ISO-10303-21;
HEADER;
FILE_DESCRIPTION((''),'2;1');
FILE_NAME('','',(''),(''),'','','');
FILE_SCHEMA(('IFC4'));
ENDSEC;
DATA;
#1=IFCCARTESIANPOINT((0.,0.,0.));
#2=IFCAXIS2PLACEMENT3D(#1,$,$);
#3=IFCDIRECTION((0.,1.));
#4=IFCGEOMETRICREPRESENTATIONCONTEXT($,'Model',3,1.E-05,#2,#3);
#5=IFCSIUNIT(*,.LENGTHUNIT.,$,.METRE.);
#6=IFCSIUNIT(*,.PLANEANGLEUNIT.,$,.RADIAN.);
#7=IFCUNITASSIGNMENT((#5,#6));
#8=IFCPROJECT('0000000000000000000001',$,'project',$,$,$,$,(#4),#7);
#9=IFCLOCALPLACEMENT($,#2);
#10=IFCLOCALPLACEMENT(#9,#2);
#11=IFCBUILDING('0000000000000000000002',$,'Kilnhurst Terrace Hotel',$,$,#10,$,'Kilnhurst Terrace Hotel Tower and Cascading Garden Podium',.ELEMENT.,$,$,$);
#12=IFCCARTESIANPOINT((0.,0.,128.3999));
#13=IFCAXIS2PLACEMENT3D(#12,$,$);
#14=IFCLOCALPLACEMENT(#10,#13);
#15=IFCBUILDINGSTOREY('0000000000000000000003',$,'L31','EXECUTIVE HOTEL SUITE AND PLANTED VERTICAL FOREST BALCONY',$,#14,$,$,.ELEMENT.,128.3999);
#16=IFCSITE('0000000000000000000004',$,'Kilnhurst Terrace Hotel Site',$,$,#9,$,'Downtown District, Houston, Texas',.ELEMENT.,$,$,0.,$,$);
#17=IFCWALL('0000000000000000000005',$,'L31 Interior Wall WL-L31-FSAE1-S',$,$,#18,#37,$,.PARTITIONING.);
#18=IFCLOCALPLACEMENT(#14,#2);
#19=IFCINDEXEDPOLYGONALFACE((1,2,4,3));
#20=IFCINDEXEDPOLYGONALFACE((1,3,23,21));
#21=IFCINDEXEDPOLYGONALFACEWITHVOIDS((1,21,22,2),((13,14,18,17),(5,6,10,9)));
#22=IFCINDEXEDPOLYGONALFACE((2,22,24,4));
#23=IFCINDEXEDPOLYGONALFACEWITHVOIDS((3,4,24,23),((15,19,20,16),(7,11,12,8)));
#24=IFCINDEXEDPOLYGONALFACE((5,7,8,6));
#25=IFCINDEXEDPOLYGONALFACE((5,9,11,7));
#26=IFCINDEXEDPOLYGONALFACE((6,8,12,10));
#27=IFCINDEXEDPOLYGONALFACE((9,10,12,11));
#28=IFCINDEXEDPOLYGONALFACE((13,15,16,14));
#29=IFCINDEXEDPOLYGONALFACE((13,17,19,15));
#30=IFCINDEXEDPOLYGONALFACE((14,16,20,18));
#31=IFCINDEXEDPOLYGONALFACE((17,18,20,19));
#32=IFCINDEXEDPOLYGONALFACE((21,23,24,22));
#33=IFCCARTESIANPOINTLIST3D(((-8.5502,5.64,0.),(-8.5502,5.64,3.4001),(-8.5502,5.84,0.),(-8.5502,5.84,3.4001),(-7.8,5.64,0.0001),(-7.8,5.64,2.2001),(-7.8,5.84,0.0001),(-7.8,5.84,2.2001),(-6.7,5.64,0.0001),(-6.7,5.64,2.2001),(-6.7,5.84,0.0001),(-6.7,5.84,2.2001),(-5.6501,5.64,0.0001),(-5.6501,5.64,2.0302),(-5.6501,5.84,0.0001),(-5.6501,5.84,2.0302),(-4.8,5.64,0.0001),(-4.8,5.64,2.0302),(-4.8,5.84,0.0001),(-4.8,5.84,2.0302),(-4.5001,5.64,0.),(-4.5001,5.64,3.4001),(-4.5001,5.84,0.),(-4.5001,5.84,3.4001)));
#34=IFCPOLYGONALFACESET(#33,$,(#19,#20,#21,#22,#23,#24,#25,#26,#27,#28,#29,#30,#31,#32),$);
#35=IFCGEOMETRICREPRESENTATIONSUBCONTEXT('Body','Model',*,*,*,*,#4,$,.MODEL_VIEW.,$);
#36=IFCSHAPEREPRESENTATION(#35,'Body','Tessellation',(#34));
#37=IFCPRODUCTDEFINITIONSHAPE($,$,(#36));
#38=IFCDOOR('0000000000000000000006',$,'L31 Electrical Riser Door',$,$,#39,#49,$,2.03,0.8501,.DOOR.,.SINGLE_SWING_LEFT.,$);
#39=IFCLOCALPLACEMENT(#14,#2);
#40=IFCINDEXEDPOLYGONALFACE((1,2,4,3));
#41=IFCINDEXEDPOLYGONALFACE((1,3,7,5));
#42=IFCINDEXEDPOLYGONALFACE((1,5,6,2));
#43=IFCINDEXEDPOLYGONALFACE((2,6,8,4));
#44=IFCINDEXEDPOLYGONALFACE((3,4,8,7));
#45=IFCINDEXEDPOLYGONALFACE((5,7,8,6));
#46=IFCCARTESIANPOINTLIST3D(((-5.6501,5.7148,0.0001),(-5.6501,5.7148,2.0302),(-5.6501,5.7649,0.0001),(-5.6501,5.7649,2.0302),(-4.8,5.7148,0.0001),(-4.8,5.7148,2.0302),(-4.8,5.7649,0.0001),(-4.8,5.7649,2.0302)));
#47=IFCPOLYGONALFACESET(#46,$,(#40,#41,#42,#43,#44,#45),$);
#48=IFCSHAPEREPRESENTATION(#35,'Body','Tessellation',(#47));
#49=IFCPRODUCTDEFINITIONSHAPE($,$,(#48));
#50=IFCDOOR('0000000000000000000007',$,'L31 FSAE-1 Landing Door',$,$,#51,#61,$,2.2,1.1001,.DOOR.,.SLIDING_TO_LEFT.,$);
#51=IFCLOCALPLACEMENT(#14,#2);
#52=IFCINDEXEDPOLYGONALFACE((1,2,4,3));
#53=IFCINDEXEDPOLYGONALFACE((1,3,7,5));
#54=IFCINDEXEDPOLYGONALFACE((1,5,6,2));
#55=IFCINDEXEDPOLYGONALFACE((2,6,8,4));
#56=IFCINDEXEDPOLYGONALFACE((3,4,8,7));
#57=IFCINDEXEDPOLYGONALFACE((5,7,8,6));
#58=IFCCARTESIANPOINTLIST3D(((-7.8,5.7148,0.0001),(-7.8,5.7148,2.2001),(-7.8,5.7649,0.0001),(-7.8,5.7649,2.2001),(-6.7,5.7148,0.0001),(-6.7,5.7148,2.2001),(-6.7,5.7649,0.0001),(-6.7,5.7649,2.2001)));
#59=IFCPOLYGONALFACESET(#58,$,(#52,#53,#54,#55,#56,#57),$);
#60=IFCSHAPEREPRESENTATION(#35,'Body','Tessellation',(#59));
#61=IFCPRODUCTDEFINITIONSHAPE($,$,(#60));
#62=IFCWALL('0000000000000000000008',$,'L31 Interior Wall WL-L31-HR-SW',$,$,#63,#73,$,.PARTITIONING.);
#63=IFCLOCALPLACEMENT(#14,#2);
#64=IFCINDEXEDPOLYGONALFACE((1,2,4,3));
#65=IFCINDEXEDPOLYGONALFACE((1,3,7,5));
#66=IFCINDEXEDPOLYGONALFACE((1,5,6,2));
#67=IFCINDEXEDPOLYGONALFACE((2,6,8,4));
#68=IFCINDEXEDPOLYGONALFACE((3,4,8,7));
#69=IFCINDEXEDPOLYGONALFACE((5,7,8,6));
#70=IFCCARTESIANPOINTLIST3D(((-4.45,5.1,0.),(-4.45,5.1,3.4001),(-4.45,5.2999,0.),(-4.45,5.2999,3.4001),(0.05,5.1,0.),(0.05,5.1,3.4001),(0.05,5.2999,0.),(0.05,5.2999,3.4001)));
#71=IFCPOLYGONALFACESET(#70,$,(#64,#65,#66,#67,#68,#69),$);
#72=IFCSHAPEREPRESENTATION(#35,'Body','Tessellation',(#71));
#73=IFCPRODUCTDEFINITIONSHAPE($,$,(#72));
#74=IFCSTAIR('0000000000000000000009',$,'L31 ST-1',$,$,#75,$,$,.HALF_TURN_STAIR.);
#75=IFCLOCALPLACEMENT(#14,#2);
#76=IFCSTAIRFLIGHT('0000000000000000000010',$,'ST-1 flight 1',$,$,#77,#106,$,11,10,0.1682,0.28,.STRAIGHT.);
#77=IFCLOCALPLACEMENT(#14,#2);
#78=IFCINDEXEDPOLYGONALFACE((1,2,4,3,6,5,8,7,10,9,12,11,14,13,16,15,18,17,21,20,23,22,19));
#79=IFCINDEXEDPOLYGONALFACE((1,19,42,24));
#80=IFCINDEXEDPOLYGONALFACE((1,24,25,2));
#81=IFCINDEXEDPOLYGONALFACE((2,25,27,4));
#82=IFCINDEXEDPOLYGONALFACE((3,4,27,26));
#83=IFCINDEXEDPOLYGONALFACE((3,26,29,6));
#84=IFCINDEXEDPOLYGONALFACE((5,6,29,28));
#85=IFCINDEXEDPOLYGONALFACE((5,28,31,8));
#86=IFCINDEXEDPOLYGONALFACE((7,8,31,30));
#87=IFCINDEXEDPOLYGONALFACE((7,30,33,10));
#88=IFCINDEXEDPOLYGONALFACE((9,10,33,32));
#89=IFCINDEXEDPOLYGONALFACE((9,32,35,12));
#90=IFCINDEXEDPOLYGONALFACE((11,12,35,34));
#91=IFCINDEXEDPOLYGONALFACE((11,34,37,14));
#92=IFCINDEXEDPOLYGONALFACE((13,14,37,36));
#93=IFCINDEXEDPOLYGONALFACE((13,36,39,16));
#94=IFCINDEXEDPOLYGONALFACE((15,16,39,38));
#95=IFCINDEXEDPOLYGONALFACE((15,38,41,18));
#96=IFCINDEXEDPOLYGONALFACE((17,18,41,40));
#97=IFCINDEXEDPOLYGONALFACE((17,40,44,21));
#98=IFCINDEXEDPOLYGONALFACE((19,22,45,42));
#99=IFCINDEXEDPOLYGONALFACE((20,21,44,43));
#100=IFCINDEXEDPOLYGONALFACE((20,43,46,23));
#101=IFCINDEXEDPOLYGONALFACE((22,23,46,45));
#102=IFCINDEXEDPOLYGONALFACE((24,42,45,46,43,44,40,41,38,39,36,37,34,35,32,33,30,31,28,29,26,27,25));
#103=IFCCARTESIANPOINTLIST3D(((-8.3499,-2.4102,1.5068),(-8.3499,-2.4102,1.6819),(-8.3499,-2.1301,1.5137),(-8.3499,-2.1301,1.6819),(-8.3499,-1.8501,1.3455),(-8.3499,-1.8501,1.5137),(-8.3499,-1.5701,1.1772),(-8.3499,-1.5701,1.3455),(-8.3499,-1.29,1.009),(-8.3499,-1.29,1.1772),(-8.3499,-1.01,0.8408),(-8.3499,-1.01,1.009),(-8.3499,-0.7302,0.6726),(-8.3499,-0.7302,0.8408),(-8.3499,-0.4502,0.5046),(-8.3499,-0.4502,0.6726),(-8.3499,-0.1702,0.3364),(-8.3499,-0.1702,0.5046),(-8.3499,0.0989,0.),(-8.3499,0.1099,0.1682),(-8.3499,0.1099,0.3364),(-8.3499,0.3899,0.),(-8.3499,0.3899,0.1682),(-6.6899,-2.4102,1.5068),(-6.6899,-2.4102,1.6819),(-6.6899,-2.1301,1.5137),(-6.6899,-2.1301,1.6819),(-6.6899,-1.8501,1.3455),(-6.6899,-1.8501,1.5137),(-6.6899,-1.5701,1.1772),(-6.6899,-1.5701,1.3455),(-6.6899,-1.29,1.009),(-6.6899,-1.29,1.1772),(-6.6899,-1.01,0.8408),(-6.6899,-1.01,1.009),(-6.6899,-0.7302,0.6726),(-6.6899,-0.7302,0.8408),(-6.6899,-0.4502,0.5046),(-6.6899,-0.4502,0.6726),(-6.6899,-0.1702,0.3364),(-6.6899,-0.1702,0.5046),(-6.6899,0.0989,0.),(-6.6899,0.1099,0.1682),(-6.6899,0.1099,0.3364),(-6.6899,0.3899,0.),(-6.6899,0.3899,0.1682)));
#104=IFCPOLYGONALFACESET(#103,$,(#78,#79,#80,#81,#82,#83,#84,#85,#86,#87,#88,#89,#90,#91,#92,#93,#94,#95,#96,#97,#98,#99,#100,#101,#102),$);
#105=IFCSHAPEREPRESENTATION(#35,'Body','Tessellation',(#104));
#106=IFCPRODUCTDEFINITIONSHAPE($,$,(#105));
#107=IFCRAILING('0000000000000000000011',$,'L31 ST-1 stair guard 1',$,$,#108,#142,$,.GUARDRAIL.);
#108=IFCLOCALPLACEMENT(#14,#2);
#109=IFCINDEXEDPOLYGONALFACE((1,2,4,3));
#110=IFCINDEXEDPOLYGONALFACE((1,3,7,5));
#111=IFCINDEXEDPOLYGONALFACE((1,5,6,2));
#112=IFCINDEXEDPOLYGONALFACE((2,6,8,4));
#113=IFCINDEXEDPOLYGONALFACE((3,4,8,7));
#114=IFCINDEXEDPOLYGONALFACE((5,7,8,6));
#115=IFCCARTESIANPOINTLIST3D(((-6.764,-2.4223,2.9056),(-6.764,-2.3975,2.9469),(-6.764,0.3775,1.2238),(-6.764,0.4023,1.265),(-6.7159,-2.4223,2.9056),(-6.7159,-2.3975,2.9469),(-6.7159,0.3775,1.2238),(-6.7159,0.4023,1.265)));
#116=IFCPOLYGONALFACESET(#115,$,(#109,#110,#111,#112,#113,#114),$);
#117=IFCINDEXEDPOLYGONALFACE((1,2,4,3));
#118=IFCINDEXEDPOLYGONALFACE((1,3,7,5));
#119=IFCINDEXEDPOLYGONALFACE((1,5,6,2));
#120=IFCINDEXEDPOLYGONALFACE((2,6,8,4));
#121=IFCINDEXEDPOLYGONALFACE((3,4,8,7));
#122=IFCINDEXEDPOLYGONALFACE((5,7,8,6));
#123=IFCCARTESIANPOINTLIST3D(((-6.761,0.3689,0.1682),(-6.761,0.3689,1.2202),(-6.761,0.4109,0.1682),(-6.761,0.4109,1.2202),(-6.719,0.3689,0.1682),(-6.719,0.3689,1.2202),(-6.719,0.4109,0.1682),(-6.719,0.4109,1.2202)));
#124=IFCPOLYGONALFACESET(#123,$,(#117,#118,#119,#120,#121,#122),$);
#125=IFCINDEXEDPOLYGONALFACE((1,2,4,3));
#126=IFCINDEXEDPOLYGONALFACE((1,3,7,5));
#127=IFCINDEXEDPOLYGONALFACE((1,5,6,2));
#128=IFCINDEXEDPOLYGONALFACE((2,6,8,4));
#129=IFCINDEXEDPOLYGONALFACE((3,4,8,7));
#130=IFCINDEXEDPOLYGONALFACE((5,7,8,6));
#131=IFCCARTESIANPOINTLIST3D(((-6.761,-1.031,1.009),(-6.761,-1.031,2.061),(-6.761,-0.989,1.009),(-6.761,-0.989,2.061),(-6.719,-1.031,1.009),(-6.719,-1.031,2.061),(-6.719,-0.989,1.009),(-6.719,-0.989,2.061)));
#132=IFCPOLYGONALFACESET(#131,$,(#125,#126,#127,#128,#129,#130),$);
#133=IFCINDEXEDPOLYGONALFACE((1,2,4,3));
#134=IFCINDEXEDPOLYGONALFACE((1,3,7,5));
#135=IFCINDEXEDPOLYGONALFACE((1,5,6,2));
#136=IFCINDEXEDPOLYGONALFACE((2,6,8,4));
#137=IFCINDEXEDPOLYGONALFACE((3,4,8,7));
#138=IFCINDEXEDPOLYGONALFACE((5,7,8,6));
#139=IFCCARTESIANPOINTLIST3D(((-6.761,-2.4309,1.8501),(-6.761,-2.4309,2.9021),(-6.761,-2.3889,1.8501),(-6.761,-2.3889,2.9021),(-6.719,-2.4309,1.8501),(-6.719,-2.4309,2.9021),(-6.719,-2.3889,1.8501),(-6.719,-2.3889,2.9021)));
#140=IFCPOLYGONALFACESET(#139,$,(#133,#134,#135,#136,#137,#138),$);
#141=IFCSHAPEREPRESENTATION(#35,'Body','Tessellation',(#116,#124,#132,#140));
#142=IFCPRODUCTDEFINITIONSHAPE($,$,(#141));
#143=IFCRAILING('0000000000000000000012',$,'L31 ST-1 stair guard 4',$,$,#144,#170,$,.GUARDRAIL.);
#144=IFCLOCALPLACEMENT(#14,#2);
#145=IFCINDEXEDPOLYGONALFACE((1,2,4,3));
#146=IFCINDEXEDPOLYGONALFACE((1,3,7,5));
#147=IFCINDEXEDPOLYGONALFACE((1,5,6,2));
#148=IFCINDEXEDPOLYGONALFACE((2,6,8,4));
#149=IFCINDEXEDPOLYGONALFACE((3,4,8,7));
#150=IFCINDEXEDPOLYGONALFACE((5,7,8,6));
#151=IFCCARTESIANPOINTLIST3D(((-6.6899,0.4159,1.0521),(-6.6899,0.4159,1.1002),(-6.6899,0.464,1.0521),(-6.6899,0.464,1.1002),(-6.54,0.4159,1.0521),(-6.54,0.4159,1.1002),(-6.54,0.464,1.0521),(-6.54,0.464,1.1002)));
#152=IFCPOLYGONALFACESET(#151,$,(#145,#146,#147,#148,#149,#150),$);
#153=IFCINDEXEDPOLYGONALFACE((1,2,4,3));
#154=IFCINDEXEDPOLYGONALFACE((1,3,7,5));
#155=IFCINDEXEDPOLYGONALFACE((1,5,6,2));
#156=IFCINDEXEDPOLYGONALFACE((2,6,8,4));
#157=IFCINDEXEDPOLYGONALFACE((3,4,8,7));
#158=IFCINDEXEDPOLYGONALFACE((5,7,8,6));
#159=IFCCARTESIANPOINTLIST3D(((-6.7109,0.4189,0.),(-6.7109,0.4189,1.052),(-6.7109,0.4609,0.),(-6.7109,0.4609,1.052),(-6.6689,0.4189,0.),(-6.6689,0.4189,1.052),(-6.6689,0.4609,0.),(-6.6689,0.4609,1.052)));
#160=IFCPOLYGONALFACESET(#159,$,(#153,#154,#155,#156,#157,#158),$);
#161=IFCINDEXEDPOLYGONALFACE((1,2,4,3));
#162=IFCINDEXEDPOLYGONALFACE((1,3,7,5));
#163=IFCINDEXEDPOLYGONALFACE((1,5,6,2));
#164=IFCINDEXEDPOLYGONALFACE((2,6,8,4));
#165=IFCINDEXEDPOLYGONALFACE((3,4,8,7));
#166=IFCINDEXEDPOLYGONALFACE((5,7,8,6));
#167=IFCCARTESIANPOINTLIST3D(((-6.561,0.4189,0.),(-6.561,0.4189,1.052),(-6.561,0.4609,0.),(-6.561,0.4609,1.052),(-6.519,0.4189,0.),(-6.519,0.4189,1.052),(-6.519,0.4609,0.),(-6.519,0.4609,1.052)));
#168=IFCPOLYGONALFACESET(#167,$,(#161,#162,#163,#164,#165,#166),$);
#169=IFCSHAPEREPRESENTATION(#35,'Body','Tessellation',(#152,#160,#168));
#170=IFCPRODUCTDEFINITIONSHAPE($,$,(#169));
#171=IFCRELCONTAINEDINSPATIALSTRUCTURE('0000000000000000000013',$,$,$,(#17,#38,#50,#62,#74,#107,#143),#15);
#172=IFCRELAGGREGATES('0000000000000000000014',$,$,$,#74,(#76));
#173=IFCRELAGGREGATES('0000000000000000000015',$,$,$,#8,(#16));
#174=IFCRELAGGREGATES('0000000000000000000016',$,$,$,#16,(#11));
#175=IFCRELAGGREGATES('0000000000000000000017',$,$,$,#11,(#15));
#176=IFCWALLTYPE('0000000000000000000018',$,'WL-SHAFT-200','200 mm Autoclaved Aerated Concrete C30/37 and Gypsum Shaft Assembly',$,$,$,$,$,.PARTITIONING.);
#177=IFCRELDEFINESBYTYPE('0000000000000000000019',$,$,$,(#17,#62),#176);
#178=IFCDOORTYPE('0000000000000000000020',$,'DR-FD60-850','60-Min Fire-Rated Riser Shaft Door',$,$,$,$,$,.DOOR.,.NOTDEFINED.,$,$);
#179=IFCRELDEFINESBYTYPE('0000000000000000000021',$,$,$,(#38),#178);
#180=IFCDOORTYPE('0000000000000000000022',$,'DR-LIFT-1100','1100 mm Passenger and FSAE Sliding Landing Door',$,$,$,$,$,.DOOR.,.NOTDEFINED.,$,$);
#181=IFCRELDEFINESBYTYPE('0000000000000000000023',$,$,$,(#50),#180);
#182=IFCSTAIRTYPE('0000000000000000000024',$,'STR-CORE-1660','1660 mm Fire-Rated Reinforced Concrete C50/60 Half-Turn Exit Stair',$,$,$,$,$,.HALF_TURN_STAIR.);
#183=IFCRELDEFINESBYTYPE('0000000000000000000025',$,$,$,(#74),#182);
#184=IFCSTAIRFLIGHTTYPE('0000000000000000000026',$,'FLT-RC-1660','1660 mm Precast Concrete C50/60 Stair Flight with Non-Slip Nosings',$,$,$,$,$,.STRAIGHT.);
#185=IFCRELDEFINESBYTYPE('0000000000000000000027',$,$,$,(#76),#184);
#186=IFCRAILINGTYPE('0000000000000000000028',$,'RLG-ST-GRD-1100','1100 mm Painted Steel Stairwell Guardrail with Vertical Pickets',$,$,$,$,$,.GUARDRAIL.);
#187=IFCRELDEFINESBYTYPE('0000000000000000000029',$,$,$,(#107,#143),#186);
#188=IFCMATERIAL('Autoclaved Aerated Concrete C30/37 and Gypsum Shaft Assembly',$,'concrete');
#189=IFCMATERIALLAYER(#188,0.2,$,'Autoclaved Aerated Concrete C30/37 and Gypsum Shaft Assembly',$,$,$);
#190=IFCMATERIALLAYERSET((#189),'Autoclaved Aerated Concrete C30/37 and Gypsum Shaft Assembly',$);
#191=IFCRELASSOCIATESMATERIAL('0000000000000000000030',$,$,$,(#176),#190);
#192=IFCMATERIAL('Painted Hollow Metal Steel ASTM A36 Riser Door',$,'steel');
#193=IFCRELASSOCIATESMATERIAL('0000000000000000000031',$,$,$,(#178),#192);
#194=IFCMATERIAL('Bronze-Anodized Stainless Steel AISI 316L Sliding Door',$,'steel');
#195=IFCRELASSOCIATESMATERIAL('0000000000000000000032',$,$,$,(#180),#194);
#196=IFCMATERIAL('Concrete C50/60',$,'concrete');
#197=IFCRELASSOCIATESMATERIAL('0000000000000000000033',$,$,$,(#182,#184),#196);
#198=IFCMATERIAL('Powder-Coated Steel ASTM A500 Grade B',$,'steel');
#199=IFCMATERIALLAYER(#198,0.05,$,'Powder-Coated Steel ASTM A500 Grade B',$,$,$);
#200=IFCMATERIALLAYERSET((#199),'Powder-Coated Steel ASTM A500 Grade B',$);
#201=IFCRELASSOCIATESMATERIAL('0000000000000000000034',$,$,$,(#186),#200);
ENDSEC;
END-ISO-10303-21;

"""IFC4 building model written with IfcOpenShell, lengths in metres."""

from ifc_helpers import new_model, si_unit, direction, frame, frame_2d, origin, origin_2d, place, context, subcontext, project, spatial, polyline, rectangle, outline, extrude, material, layer, layer_set, type_object, element, fill, aggregate, save


model = new_model("IFC4")

# Units and contexts
model_context = context("Model", 3, precision=1e-05, world=origin(), true_north=direction((0.0, 1.0)))
body_context = subcontext(model_context, "Body", "Model", "MODEL_VIEW")
ifc_project = project(units=[si_unit("LENGTHUNIT", "METRE"), si_unit("PLANEANGLEUNIT", "RADIAN")], contexts=[model_context])

# Site, building, storey
site_placement = place(None, origin())
site = spatial("IfcSite", under=ifc_project, at=site_placement, Name="Kilnhurst Terrace Hotel Site", LongName="Downtown District, Houston, Texas", CompositionType="ELEMENT", RefElevation=0.0)
building_placement = place(site_placement, origin())
building = spatial("IfcBuilding", under=site, at=building_placement, Name="Kilnhurst Terrace Hotel", LongName="Kilnhurst Terrace Hotel Tower and Cascading Garden Podium", CompositionType="ELEMENT")
storey_placement = place(building_placement, frame((0.0, 0.0, 128.3999)))
storey = spatial("IfcBuildingStorey", under=building, at=storey_placement, Name="L31", Description="EXECUTIVE HOTEL SUITE AND PLANTED VERTICAL FOREST BALCONY", CompositionType="ELEMENT", Elevation=128.3999)

# Shared definitions
ifc_material_1 = material(Name="Concrete C50/60", Category="concrete")

# Wall, openings, doors
ifc_material_2 = material(Name="Autoclaved Aerated Concrete C30/37 and Gypsum Shaft Assembly", Category="concrete")
ifc_layer_1 = layer(ifc_material_2, 0.2, Name="Autoclaved Aerated Concrete C30/37 and Gypsum Shaft Assembly")
ifc_layer_set_1 = layer_set([ifc_layer_1], Name="Autoclaved Aerated Concrete C30/37 and Gypsum Shaft Assembly")
wall_type_1 = type_object("IfcWallType", Name="WL-SHAFT-200", Description="200 mm Autoclaved Aerated Concrete C30/37 and Gypsum Shaft Assembly", PredefinedType="PARTITIONING", material=ifc_layer_set_1)
wall_1_placement = place(storey_placement, frame((-8.55, 5.74, 0.0), z_axis=(0.0, 0.0, 1.0), x_axis=(1.0, 0.0, 0.0)))
wall_1 = element("IfcWall", 1, at=wall_1_placement, inside=storey, type_object=wall_type_1, Name="L31 Interior Wall WL-L31-FSAE1-S", PredefinedType="PARTITIONING", context=body_context, shape_type="SweptSolid", body=[
    extrude(rectangle(XDim=4.05, YDim=0.2, at=frame_2d((2.0249, 0.0))), origin(), (0.0, 0.0, 1.0), 3.4001),
])
opening_1_placement = place(wall_1_placement, frame((0.75, 0.0, 0.0)))
opening_1 = element("IfcOpeningElement", 2, at=opening_1_placement, cuts=wall_1, PredefinedType="OPENING", context=body_context, shape_type="SweptSolid", body=[
    extrude(rectangle(XDim=1.1001, YDim=2.2, at=frame_2d((0.55, 1.1001))), frame((0.0, 0.1099, 0.0), z_axis=(0.0, -1.0, 0.0), x_axis=(1.0, 0.0, 0.0)), (0.0, 0.0, 1.0), 0.22),
])
opening_2_placement = place(wall_1_placement, frame((2.8999, 0.0, 0.0)))
opening_2 = element("IfcOpeningElement", 3, at=opening_2_placement, cuts=wall_1, PredefinedType="OPENING", context=body_context, shape_type="SweptSolid", body=[
    extrude(rectangle(XDim=0.8501, YDim=2.03, at=frame_2d((0.425, 1.0151))), frame((0.0, 0.1099, 0.0), z_axis=(0.0, -1.0, 0.0), x_axis=(1.0, 0.0, 0.0)), (0.0, 0.0, 1.0), 0.22),
])
ifc_material_3 = material(Name="Painted Hollow Metal Steel ASTM A36 Riser Door", Category="steel")
door_type_1 = type_object("IfcDoorType", Name="DR-FD60-850", Description="60-Min Fire-Rated Riser Shaft Door", OperationType="NOTDEFINED", PredefinedType="DOOR", material=ifc_material_3)
door_1_placement = place(opening_2_placement, origin())
door_1 = element("IfcDoor", 4, at=door_1_placement, inside=storey, type_object=door_type_1, Name="L31 Electrical Riser Door", OperationType="SINGLE_SWING_LEFT", OverallHeight=2.03, OverallWidth=0.8501, PredefinedType="DOOR", context=body_context, shape_type="SweptSolid", body=[
    extrude(rectangle(XDim=0.8501, YDim=2.03, at=frame_2d((0.425, 1.0151))), frame((0.0, 0.0249, 0.0), z_axis=(0.0, -1.0, 0.0), x_axis=(1.0, 0.0, 0.0)), (0.0, 0.0, 1.0), 0.05),
])
fill(opening_2, door_1)
ifc_material_4 = material(Name="Bronze-Anodized Stainless Steel AISI 316L Sliding Door", Category="steel")
door_type_2 = type_object("IfcDoorType", Name="DR-LIFT-1100", Description="1100 mm Passenger and FSAE Sliding Landing Door", OperationType="NOTDEFINED", PredefinedType="DOOR", material=ifc_material_4)
door_2_placement = place(opening_1_placement, origin())
door_2 = element("IfcDoor", 5, at=door_2_placement, inside=storey, type_object=door_type_2, Name="L31 FSAE-1 Landing Door", OperationType="SLIDING_TO_LEFT", OverallHeight=2.2, OverallWidth=1.1001, PredefinedType="DOOR", context=body_context, shape_type="SweptSolid", body=[
    extrude(rectangle(XDim=1.1001, YDim=2.2, at=frame_2d((0.55, 1.1001))), frame((0.0, 0.0249, 0.0), z_axis=(0.0, -1.0, 0.0), x_axis=(1.0, 0.0, 0.0)), (0.0, 0.0, 1.0), 0.05),
])
fill(opening_1, door_2)

# Wall
wall_2_placement = place(storey_placement, frame((-4.45, 5.2, 0.0), z_axis=(0.0, 0.0, 1.0), x_axis=(1.0, 0.0, 0.0)))
element("IfcWall", 6, at=wall_2_placement, inside=storey, type_object=wall_type_1, Name="L31 Interior Wall WL-L31-HR-SW", PredefinedType="PARTITIONING", context=body_context, shape_type="SweptSolid", body=[
    extrude(rectangle(XDim=4.5, YDim=0.2, at=frame_2d((2.25, 0.0))), origin(), (0.0, 0.0, 1.0), 3.4001),
])

# Stair, stair flight
stair_type = type_object("IfcStairType", Name="STR-CORE-1660", Description="1660 mm Fire-Rated Reinforced Concrete C50/60 Half-Turn Exit Stair", PredefinedType="HALF_TURN_STAIR", material=ifc_material_1)
stair_placement = place(storey_placement, origin())
stair = element("IfcStair", 7, at=stair_placement, inside=storey, type_object=stair_type, Name="L31 ST-1", PredefinedType="HALF_TURN_STAIR")
stair_flight_type = type_object("IfcStairFlightType", Name="FLT-RC-1660", Description="1660 mm Precast Concrete C50/60 Stair Flight with Non-Slip Nosings", PredefinedType="STRAIGHT", material=ifc_material_1)
stair_flight_placement = place(storey_placement, frame((-7.52, 0.3899, 0.0), z_axis=(0.0, 0.0, 1.0), x_axis=(0.0, -1.0, 0.0)))
stair_flight = element("IfcStairFlight", 8, at=stair_flight_placement, type_object=stair_flight_type, Name="ST-1 flight 1", NumberOfRisers=11, NumberOfTreads=10, PredefinedType="STRAIGHT", RiserHeight=0.1682, TreadLength=0.28, context=body_context, shape_type="SweptSolid", body=[
    extrude(outline(polyline([(0.0, 0.0), (0.0, 0.1682), (0.28, 0.1682), (0.28, 0.3364), (0.5601, 0.3364), (0.5601, 0.5046), (0.8401, 0.5046), (0.8401, 0.6726), (1.1201, 0.6726), (1.1201, 0.8408), (1.3999, 0.8408), (1.3999, 1.009), (1.6799, 1.009), (1.6799, 1.1772), (1.96, 1.1772), (1.96, 1.3455), (2.24, 1.3455), (2.24, 1.5137), (2.52, 1.5137), (2.52, 1.6819), (2.8, 1.6819), (2.8, 1.8501), (2.8, 1.5068), (0.291, 0.0), (0.0, 0.0)])), frame((0.0, 0.8301, 0.0), z_axis=(0.0, -1.0, 0.0), x_axis=(1.0, 0.0, 0.0)), (0.0, 0.0, 1.0), 1.6599),
])
aggregate(stair, [stair_flight])

# Railings
ifc_material_5 = material(Name="Powder-Coated Steel ASTM A500 Grade B", Category="steel")
ifc_layer_2 = layer(ifc_material_5, 0.05, Name="Powder-Coated Steel ASTM A500 Grade B")
ifc_layer_set_2 = layer_set([ifc_layer_2], Name="Powder-Coated Steel ASTM A500 Grade B")
railing_type_1 = type_object("IfcRailingType", Name="RLG-ST-GRD-1100", Description="1100 mm Painted Steel Stairwell Guardrail with Vertical Pickets", PredefinedType="GUARDRAIL", material=ifc_layer_set_2)
railing_1_placement = place(storey_placement, frame((-6.74, 0.3899, 0.1682)))
element("IfcRailing", 9, at=railing_1_placement, inside=storey, type_object=railing_type_1, Name="L31 ST-1 stair guard 1", PredefinedType="GUARDRAIL", context=body_context, shape_type="SweptSolid", body=[
    extrude(rectangle(XDim=0.0481, YDim=0.0481, at=origin_2d()), frame((0.0, 0.0, 1.0762), z_axis=(0.0, -0.857222, 0.514946), x_axis=(1.0, 0.0, 0.0)), (0.0, 0.0, 1.0), 3.2661),
    extrude(rectangle(XDim=0.042, YDim=0.042, at=origin_2d()), origin(), (0.0, 0.0, 1.0), 1.052),
    extrude(rectangle(XDim=0.042, YDim=0.042, at=origin_2d()), frame((0.0, -1.3999, 0.8408)), (0.0, 0.0, 1.0), 1.052),
    extrude(rectangle(XDim=0.042, YDim=0.042, at=origin_2d()), frame((0.0, -2.7998, 1.6819)), (0.0, 0.0, 1.0), 1.052),
])
railing_2_placement = place(storey_placement, frame((-6.6899, 0.4399, 0.0)))
element("IfcRailing", 10, at=railing_2_placement, inside=storey, type_object=railing_type_1, Name="L31 ST-1 stair guard 4", PredefinedType="GUARDRAIL", context=body_context, shape_type="SweptSolid", body=[
    extrude(rectangle(XDim=0.0481, YDim=0.0481, at=origin_2d()), frame((0.0, 0.0, 1.0762), z_axis=(1.0, 0.0, 0.0), x_axis=(0.0, 1.0, 0.0)), (0.0, 0.0, 1.0), 0.1499),
    extrude(rectangle(XDim=0.042, YDim=0.042, at=origin_2d()), origin(), (0.0, 0.0, 1.0), 1.052),
    extrude(rectangle(XDim=0.042, YDim=0.042, at=origin_2d()), frame((0.1499, 0.0, 0.0)), (0.0, 0.0, 1.0), 1.052),
])

save(model, "model.ifc")
